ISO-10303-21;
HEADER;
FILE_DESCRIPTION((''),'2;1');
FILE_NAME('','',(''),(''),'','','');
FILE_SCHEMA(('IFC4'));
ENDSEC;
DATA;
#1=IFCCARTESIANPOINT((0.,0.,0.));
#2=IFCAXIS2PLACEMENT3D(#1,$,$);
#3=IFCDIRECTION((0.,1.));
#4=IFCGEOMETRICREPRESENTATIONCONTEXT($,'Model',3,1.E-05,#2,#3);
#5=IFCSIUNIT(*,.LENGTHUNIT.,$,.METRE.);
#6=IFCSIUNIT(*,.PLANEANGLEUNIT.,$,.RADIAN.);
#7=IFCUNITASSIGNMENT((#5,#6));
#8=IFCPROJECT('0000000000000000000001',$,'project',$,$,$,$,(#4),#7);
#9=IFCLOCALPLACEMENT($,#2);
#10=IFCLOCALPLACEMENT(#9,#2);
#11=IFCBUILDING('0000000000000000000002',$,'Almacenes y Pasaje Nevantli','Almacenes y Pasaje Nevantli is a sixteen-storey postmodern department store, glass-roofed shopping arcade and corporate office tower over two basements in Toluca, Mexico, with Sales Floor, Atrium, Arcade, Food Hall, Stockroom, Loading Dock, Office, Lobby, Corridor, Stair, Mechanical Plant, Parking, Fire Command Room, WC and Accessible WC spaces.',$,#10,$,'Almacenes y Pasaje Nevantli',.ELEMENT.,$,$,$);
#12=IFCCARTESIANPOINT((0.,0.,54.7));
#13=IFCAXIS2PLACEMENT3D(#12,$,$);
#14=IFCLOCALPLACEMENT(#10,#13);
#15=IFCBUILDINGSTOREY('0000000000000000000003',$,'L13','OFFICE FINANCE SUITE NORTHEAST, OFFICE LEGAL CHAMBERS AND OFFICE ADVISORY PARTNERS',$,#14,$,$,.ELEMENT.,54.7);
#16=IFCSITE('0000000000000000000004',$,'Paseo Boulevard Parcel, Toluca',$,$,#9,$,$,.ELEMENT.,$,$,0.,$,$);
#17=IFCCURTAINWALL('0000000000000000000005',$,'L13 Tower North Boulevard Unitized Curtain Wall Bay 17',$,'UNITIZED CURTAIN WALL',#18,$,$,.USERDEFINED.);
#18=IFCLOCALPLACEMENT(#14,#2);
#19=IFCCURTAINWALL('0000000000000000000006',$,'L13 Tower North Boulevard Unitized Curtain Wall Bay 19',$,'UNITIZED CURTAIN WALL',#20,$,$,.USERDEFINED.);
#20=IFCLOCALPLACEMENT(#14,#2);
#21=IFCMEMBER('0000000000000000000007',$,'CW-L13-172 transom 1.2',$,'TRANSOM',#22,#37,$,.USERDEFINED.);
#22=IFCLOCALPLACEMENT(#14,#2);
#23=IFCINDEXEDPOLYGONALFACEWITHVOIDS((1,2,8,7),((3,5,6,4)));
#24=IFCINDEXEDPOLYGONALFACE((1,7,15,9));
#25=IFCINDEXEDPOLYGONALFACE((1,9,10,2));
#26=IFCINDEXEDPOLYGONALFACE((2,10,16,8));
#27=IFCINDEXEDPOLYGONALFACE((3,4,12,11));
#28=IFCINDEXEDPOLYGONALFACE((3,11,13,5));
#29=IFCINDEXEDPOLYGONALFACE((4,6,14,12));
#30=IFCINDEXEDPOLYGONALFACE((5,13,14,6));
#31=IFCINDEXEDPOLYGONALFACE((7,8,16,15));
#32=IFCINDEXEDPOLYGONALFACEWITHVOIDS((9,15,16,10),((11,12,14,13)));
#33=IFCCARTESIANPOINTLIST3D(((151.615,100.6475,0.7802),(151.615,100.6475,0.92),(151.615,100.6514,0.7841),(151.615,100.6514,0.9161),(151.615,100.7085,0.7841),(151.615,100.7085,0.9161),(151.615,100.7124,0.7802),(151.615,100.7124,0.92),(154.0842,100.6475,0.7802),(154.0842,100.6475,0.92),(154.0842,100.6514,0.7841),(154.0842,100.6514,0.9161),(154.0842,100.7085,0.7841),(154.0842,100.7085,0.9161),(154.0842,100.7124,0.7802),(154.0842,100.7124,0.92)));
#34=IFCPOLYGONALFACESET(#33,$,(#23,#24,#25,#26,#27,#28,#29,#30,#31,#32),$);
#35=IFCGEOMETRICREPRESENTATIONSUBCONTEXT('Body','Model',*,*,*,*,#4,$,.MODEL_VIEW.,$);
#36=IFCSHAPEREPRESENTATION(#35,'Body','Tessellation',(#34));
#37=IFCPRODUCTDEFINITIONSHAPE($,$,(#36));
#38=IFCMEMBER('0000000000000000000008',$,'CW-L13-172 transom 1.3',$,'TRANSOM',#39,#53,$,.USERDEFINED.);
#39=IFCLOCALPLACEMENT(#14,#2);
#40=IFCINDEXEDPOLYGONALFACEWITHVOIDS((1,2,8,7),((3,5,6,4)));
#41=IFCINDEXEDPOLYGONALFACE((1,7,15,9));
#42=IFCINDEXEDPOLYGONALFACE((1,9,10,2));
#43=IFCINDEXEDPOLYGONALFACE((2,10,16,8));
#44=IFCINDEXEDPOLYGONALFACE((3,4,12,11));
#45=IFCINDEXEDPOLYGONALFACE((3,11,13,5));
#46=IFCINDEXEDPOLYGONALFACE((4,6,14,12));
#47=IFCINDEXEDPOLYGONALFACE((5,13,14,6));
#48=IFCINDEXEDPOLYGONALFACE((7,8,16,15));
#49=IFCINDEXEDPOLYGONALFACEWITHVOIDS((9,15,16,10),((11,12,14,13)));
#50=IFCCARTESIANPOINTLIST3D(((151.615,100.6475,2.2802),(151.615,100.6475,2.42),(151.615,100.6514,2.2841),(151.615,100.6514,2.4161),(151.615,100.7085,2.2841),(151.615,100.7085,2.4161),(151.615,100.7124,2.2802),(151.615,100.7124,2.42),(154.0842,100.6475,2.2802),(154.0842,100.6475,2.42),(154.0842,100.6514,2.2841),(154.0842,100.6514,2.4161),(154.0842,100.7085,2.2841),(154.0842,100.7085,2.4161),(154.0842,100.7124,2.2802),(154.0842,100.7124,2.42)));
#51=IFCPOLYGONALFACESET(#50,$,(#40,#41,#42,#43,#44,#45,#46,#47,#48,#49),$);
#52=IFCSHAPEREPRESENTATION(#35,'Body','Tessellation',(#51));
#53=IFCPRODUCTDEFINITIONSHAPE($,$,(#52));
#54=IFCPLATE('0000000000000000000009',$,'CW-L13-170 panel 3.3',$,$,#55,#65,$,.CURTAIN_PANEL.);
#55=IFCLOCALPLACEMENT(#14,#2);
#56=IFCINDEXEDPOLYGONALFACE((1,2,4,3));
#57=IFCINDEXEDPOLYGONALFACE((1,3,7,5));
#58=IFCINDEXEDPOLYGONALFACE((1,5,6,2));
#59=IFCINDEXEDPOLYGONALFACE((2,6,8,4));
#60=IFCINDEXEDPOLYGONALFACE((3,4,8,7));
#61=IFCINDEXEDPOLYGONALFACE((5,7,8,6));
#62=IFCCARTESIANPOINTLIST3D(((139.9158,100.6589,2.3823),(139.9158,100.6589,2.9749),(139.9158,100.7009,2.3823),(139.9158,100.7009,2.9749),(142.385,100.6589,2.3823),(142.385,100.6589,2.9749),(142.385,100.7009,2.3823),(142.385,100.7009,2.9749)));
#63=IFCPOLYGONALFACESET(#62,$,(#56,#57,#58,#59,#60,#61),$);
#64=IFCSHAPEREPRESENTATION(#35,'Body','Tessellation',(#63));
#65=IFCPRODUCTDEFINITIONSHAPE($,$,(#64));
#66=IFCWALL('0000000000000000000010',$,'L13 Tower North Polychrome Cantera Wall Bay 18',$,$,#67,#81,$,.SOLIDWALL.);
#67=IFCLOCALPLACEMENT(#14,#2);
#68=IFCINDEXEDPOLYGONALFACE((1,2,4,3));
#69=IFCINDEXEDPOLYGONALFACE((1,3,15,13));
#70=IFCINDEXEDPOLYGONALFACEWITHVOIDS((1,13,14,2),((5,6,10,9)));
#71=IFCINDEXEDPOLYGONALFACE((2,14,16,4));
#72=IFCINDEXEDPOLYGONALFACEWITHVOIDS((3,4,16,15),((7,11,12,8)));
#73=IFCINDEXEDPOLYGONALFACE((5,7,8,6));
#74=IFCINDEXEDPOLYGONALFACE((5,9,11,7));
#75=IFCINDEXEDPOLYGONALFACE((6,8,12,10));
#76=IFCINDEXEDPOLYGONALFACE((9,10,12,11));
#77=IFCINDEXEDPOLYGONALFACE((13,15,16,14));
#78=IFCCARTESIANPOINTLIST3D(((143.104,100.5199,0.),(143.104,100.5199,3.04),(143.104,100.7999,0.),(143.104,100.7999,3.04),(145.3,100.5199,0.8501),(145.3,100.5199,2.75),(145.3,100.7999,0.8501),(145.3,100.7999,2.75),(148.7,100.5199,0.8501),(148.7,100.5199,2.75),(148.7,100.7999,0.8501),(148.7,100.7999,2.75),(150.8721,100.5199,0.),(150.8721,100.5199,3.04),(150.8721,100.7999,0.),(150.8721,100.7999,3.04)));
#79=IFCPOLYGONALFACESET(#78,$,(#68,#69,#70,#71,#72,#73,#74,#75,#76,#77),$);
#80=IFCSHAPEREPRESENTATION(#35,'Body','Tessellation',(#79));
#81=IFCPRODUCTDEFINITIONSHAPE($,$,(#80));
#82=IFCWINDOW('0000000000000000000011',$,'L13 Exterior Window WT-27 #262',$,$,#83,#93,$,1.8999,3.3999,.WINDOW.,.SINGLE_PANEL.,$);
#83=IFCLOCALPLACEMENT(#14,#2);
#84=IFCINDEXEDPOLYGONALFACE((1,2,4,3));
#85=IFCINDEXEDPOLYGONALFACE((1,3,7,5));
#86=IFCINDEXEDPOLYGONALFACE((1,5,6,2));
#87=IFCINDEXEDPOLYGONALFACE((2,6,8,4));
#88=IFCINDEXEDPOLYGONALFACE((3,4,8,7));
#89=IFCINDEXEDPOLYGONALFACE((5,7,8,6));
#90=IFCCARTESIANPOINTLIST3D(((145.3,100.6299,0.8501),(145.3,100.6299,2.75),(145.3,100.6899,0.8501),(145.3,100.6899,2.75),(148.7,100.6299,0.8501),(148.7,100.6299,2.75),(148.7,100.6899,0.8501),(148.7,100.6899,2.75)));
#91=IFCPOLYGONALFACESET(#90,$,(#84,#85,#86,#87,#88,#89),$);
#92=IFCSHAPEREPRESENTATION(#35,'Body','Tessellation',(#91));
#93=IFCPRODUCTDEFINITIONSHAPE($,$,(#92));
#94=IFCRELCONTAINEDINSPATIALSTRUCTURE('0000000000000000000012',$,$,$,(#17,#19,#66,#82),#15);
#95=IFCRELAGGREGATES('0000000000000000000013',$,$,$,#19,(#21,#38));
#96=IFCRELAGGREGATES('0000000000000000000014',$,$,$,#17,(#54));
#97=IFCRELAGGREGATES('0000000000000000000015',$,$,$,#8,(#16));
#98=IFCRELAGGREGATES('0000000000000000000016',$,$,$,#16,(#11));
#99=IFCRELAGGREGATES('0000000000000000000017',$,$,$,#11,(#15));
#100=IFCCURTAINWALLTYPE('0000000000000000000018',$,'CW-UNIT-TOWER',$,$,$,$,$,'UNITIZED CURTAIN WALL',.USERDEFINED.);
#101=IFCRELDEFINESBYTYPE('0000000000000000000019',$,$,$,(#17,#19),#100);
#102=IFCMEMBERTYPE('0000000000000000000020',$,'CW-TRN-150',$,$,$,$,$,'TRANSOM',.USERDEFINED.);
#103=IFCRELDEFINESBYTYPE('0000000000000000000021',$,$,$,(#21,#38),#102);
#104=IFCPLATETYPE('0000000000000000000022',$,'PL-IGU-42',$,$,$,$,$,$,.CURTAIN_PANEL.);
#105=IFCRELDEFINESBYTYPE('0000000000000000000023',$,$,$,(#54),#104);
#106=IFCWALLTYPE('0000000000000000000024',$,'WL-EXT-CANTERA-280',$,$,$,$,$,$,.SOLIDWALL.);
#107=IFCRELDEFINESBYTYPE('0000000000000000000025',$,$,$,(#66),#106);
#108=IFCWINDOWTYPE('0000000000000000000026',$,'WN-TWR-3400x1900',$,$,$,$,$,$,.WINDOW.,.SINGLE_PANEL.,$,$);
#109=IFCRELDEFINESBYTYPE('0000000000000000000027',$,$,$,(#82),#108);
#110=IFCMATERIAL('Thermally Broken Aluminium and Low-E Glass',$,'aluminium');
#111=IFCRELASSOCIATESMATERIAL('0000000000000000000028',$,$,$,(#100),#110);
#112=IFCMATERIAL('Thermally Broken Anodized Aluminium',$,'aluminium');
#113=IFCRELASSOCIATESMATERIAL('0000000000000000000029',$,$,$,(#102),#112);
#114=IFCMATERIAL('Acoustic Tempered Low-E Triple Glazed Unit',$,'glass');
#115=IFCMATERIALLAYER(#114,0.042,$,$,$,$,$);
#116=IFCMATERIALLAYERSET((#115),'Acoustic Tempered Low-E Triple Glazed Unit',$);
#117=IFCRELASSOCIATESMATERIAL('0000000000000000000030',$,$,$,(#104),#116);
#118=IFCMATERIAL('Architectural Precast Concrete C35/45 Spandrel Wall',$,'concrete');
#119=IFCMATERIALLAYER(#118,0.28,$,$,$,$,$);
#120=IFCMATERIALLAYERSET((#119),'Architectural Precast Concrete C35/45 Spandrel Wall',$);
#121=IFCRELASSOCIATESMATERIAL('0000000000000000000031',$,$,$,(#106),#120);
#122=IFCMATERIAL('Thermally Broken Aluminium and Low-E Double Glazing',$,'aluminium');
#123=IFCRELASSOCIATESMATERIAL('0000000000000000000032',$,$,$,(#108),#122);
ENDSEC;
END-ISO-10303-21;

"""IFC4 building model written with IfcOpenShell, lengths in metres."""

from ifc_helpers import new_model, si_unit, direction, frame, frame_2d, origin, origin_2d, place, context, subcontext, project, spatial, rectangle, hollow_rectangle, extrude, material, layer, layer_set, material_profile, profile_set, type_object, element, fill, aggregate, save


model = new_model("IFC4")

# Units and contexts
model_context = context("Model", 3, precision=1e-05, world=origin(), true_north=direction((0.0, 1.0)))
body_context = subcontext(model_context, "Body", "Model", "MODEL_VIEW")
ifc_project = project(units=[si_unit("LENGTHUNIT", "METRE"), si_unit("PLANEANGLEUNIT", "RADIAN")], contexts=[model_context])

# Site, building, storey
site_placement = place(None, origin())
site = spatial("IfcSite", under=ifc_project, at=site_placement, Name="Paseo Boulevard Parcel, Toluca", CompositionType="ELEMENT", RefElevation=0.0)
building_placement = place(site_placement, origin())
building = spatial("IfcBuilding", under=site, at=building_placement, Name="Almacenes y Pasaje Nevantli", Description="Almacenes y Pasaje Nevantli is a sixteen-storey postmodern department store, glass-roofed shopping arcade and corporate office tower over two basements in Toluca, Mexico, with Sales Floor, Atrium, Arcade, Food Hall, Stockroom, Loading Dock, Office, Lobby, Corridor, Stair, Mechanical Plant, Parking, Fire Command Room, WC and Accessible WC spaces.", LongName="Almacenes y Pasaje Nevantli", CompositionType="ELEMENT")
storey_placement = place(building_placement, frame((0.0, 0.0, 54.7)))
storey = spatial("IfcBuildingStorey", under=building, at=storey_placement, Name="L13", Description="OFFICE FINANCE SUITE NORTHEAST, OFFICE LEGAL CHAMBERS AND OFFICE ADVISORY PARTNERS", CompositionType="ELEMENT", Elevation=54.7)

# Curtain wall
ifc_material_1 = material(Name="Thermally Broken Aluminium and Low-E Glass", Category="aluminium")
curtain_wall_type = type_object("IfcCurtainWallType", Name="CW-UNIT-TOWER", ElementType="UNITIZED CURTAIN WALL", PredefinedType="USERDEFINED", material=ifc_material_1)
curtain_wall_1_placement = place(storey_placement, origin())
curtain_wall_1 = element("IfcCurtainWall", 1, at=curtain_wall_1_placement, inside=storey, type_object=curtain_wall_type, Name="L13 Tower North Boulevard Unitized Curtain Wall Bay 17", ObjectType="UNITIZED CURTAIN WALL", PredefinedType="USERDEFINED")

# Curtain wall, members
curtain_wall_2_placement = place(storey_placement, origin())
curtain_wall_2 = element("IfcCurtainWall", 2, at=curtain_wall_2_placement, inside=storey, type_object=curtain_wall_type, Name="L13 Tower North Boulevard Unitized Curtain Wall Bay 19", ObjectType="UNITIZED CURTAIN WALL", PredefinedType="USERDEFINED")
ifc_material_2 = material(Name="Thermally Broken Anodized Aluminium", Category="aluminium")
ifc_material_profile_1 = material_profile(ifc_material_2, hollow_rectangle(XDim=0.0649, YDim=0.1399, WallThickness=0.0039, at=origin_2d()), Name="ALU-TRN-65x140")
ifc_profile_set_1 = profile_set([ifc_material_profile_1], Name="Thermally Broken Anodized Aluminium")
member_type_1 = type_object("IfcMemberType", Name="CW-TRN-150", ElementType="TRANSOM", PredefinedType="USERDEFINED", material=ifc_profile_set_1)
member_1_placement = place(storey_placement, frame((151.615, 100.6799, 0.8501), z_axis=(1.0, 0.0, 0.0), x_axis=(0.0, 1.0, 0.0)))
member_1 = element("IfcMember", 3, at=member_1_placement, type_object=member_type_1, Name="CW-L13-172 transom 1.2", ObjectType="TRANSOM", PredefinedType="USERDEFINED", context=body_context, shape_type="SweptSolid", body=[
    extrude(hollow_rectangle(XDim=0.0649, YDim=0.1399, WallThickness=0.0039, at=origin_2d()), origin(), (0.0, 0.0, 1.0), 2.4692),
])
member_2_placement = place(storey_placement, frame((151.615, 100.6799, 2.3501), z_axis=(1.0, 0.0, 0.0), x_axis=(0.0, 1.0, 0.0)))
member_2 = element("IfcMember", 4, at=member_2_placement, type_object=member_type_1, Name="CW-L13-172 transom 1.3", ObjectType="TRANSOM", PredefinedType="USERDEFINED", context=body_context, shape_type="SweptSolid", body=[
    extrude(hollow_rectangle(XDim=0.0649, YDim=0.1399, WallThickness=0.0039, at=origin_2d()), origin(), (0.0, 0.0, 1.0), 2.4692),
])
aggregate(curtain_wall_2, [member_1, member_2])

# Plate
ifc_material_3 = material(Name="Acoustic Tempered Low-E Triple Glazed Unit", Category="glass")
ifc_layer_1 = layer(ifc_material_3, 0.042)
ifc_layer_set_1 = layer_set([ifc_layer_1], Name="Acoustic Tempered Low-E Triple Glazed Unit")
plate_type = type_object("IfcPlateType", Name="PL-IGU-42", PredefinedType="CURTAIN_PANEL", material=ifc_layer_set_1)
plate_placement = place(storey_placement, frame((141.1504, 100.6799, 2.3823), z_axis=(0.0, 0.0, 1.0), x_axis=(1.0, 0.0, 0.0)))
plate = element("IfcPlate", 5, at=plate_placement, type_object=plate_type, Name="CW-L13-170 panel 3.3", PredefinedType="CURTAIN_PANEL", context=body_context, shape_type="SweptSolid", body=[
    extrude(rectangle(XDim=2.4692, YDim=0.042, at=origin_2d()), origin(), (0.0, 0.0, 1.0), 0.5925),
])
aggregate(curtain_wall_1, [plate])

# Wall, opening, window
ifc_material_4 = material(Name="Architectural Precast Concrete C35/45 Spandrel Wall", Category="concrete")
ifc_layer_2 = layer(ifc_material_4, 0.28)
ifc_layer_set_2 = layer_set([ifc_layer_2], Name="Architectural Precast Concrete C35/45 Spandrel Wall")
wall_type = type_object("IfcWallType", Name="WL-EXT-CANTERA-280", PredefinedType="SOLIDWALL", material=ifc_layer_set_2)
wall_placement = place(storey_placement, frame((143.104, 100.6599, 0.0), z_axis=(0.0, 0.0, 1.0), x_axis=(1.0, 0.0, 0.0)))
wall = element("IfcWall", 6, at=wall_placement, inside=storey, type_object=wall_type, Name="L13 Tower North Polychrome Cantera Wall Bay 18", PredefinedType="SOLIDWALL", context=body_context, shape_type="SweptSolid", body=[
    extrude(rectangle(XDim=7.7681, YDim=0.28, at=frame_2d((3.884, 0.0))), origin(), (0.0, 0.0, 1.0), 3.04),
])
opening_placement = place(wall_placement, frame((2.196, 0.0, 0.8501)))
opening = element("IfcOpeningElement", 7, at=opening_placement, cuts=wall, PredefinedType="OPENING", context=body_context, shape_type="SweptSolid", body=[
    extrude(rectangle(XDim=3.3999, YDim=1.8999, at=frame_2d((1.7, 0.95))), frame((0.0, 0.1499, 0.0), z_axis=(0.0, -1.0, 0.0), x_axis=(1.0, 0.0, 0.0)), (0.0, 0.0, 1.0), 0.3),
])
ifc_material_5 = material(Name="Thermally Broken Aluminium and Low-E Double Glazing", Category="aluminium")
window_type = type_object("IfcWindowType", Name="WN-TWR-3400x1900", PartitioningType="SINGLE_PANEL", PredefinedType="WINDOW", material=ifc_material_5)
window_placement = place(opening_placement, origin())
window = element("IfcWindow", 8, at=window_placement, inside=storey, type_object=window_type, Name="L13 Exterior Window WT-27 #262", OverallHeight=1.8999, OverallWidth=3.3999, PartitioningType="SINGLE_PANEL", PredefinedType="WINDOW", context=body_context, shape_type="SweptSolid", body=[
    extrude(rectangle(XDim=3.3999, YDim=1.8999, at=frame_2d((1.7, 0.95))), frame((0.0, 0.03, 0.0), z_axis=(0.0, -1.0, 0.0), x_axis=(1.0, 0.0, 0.0)), (0.0, 0.0, 1.0), 0.0601),
])
fill(opening, window)

save(model, "model.ifc")
